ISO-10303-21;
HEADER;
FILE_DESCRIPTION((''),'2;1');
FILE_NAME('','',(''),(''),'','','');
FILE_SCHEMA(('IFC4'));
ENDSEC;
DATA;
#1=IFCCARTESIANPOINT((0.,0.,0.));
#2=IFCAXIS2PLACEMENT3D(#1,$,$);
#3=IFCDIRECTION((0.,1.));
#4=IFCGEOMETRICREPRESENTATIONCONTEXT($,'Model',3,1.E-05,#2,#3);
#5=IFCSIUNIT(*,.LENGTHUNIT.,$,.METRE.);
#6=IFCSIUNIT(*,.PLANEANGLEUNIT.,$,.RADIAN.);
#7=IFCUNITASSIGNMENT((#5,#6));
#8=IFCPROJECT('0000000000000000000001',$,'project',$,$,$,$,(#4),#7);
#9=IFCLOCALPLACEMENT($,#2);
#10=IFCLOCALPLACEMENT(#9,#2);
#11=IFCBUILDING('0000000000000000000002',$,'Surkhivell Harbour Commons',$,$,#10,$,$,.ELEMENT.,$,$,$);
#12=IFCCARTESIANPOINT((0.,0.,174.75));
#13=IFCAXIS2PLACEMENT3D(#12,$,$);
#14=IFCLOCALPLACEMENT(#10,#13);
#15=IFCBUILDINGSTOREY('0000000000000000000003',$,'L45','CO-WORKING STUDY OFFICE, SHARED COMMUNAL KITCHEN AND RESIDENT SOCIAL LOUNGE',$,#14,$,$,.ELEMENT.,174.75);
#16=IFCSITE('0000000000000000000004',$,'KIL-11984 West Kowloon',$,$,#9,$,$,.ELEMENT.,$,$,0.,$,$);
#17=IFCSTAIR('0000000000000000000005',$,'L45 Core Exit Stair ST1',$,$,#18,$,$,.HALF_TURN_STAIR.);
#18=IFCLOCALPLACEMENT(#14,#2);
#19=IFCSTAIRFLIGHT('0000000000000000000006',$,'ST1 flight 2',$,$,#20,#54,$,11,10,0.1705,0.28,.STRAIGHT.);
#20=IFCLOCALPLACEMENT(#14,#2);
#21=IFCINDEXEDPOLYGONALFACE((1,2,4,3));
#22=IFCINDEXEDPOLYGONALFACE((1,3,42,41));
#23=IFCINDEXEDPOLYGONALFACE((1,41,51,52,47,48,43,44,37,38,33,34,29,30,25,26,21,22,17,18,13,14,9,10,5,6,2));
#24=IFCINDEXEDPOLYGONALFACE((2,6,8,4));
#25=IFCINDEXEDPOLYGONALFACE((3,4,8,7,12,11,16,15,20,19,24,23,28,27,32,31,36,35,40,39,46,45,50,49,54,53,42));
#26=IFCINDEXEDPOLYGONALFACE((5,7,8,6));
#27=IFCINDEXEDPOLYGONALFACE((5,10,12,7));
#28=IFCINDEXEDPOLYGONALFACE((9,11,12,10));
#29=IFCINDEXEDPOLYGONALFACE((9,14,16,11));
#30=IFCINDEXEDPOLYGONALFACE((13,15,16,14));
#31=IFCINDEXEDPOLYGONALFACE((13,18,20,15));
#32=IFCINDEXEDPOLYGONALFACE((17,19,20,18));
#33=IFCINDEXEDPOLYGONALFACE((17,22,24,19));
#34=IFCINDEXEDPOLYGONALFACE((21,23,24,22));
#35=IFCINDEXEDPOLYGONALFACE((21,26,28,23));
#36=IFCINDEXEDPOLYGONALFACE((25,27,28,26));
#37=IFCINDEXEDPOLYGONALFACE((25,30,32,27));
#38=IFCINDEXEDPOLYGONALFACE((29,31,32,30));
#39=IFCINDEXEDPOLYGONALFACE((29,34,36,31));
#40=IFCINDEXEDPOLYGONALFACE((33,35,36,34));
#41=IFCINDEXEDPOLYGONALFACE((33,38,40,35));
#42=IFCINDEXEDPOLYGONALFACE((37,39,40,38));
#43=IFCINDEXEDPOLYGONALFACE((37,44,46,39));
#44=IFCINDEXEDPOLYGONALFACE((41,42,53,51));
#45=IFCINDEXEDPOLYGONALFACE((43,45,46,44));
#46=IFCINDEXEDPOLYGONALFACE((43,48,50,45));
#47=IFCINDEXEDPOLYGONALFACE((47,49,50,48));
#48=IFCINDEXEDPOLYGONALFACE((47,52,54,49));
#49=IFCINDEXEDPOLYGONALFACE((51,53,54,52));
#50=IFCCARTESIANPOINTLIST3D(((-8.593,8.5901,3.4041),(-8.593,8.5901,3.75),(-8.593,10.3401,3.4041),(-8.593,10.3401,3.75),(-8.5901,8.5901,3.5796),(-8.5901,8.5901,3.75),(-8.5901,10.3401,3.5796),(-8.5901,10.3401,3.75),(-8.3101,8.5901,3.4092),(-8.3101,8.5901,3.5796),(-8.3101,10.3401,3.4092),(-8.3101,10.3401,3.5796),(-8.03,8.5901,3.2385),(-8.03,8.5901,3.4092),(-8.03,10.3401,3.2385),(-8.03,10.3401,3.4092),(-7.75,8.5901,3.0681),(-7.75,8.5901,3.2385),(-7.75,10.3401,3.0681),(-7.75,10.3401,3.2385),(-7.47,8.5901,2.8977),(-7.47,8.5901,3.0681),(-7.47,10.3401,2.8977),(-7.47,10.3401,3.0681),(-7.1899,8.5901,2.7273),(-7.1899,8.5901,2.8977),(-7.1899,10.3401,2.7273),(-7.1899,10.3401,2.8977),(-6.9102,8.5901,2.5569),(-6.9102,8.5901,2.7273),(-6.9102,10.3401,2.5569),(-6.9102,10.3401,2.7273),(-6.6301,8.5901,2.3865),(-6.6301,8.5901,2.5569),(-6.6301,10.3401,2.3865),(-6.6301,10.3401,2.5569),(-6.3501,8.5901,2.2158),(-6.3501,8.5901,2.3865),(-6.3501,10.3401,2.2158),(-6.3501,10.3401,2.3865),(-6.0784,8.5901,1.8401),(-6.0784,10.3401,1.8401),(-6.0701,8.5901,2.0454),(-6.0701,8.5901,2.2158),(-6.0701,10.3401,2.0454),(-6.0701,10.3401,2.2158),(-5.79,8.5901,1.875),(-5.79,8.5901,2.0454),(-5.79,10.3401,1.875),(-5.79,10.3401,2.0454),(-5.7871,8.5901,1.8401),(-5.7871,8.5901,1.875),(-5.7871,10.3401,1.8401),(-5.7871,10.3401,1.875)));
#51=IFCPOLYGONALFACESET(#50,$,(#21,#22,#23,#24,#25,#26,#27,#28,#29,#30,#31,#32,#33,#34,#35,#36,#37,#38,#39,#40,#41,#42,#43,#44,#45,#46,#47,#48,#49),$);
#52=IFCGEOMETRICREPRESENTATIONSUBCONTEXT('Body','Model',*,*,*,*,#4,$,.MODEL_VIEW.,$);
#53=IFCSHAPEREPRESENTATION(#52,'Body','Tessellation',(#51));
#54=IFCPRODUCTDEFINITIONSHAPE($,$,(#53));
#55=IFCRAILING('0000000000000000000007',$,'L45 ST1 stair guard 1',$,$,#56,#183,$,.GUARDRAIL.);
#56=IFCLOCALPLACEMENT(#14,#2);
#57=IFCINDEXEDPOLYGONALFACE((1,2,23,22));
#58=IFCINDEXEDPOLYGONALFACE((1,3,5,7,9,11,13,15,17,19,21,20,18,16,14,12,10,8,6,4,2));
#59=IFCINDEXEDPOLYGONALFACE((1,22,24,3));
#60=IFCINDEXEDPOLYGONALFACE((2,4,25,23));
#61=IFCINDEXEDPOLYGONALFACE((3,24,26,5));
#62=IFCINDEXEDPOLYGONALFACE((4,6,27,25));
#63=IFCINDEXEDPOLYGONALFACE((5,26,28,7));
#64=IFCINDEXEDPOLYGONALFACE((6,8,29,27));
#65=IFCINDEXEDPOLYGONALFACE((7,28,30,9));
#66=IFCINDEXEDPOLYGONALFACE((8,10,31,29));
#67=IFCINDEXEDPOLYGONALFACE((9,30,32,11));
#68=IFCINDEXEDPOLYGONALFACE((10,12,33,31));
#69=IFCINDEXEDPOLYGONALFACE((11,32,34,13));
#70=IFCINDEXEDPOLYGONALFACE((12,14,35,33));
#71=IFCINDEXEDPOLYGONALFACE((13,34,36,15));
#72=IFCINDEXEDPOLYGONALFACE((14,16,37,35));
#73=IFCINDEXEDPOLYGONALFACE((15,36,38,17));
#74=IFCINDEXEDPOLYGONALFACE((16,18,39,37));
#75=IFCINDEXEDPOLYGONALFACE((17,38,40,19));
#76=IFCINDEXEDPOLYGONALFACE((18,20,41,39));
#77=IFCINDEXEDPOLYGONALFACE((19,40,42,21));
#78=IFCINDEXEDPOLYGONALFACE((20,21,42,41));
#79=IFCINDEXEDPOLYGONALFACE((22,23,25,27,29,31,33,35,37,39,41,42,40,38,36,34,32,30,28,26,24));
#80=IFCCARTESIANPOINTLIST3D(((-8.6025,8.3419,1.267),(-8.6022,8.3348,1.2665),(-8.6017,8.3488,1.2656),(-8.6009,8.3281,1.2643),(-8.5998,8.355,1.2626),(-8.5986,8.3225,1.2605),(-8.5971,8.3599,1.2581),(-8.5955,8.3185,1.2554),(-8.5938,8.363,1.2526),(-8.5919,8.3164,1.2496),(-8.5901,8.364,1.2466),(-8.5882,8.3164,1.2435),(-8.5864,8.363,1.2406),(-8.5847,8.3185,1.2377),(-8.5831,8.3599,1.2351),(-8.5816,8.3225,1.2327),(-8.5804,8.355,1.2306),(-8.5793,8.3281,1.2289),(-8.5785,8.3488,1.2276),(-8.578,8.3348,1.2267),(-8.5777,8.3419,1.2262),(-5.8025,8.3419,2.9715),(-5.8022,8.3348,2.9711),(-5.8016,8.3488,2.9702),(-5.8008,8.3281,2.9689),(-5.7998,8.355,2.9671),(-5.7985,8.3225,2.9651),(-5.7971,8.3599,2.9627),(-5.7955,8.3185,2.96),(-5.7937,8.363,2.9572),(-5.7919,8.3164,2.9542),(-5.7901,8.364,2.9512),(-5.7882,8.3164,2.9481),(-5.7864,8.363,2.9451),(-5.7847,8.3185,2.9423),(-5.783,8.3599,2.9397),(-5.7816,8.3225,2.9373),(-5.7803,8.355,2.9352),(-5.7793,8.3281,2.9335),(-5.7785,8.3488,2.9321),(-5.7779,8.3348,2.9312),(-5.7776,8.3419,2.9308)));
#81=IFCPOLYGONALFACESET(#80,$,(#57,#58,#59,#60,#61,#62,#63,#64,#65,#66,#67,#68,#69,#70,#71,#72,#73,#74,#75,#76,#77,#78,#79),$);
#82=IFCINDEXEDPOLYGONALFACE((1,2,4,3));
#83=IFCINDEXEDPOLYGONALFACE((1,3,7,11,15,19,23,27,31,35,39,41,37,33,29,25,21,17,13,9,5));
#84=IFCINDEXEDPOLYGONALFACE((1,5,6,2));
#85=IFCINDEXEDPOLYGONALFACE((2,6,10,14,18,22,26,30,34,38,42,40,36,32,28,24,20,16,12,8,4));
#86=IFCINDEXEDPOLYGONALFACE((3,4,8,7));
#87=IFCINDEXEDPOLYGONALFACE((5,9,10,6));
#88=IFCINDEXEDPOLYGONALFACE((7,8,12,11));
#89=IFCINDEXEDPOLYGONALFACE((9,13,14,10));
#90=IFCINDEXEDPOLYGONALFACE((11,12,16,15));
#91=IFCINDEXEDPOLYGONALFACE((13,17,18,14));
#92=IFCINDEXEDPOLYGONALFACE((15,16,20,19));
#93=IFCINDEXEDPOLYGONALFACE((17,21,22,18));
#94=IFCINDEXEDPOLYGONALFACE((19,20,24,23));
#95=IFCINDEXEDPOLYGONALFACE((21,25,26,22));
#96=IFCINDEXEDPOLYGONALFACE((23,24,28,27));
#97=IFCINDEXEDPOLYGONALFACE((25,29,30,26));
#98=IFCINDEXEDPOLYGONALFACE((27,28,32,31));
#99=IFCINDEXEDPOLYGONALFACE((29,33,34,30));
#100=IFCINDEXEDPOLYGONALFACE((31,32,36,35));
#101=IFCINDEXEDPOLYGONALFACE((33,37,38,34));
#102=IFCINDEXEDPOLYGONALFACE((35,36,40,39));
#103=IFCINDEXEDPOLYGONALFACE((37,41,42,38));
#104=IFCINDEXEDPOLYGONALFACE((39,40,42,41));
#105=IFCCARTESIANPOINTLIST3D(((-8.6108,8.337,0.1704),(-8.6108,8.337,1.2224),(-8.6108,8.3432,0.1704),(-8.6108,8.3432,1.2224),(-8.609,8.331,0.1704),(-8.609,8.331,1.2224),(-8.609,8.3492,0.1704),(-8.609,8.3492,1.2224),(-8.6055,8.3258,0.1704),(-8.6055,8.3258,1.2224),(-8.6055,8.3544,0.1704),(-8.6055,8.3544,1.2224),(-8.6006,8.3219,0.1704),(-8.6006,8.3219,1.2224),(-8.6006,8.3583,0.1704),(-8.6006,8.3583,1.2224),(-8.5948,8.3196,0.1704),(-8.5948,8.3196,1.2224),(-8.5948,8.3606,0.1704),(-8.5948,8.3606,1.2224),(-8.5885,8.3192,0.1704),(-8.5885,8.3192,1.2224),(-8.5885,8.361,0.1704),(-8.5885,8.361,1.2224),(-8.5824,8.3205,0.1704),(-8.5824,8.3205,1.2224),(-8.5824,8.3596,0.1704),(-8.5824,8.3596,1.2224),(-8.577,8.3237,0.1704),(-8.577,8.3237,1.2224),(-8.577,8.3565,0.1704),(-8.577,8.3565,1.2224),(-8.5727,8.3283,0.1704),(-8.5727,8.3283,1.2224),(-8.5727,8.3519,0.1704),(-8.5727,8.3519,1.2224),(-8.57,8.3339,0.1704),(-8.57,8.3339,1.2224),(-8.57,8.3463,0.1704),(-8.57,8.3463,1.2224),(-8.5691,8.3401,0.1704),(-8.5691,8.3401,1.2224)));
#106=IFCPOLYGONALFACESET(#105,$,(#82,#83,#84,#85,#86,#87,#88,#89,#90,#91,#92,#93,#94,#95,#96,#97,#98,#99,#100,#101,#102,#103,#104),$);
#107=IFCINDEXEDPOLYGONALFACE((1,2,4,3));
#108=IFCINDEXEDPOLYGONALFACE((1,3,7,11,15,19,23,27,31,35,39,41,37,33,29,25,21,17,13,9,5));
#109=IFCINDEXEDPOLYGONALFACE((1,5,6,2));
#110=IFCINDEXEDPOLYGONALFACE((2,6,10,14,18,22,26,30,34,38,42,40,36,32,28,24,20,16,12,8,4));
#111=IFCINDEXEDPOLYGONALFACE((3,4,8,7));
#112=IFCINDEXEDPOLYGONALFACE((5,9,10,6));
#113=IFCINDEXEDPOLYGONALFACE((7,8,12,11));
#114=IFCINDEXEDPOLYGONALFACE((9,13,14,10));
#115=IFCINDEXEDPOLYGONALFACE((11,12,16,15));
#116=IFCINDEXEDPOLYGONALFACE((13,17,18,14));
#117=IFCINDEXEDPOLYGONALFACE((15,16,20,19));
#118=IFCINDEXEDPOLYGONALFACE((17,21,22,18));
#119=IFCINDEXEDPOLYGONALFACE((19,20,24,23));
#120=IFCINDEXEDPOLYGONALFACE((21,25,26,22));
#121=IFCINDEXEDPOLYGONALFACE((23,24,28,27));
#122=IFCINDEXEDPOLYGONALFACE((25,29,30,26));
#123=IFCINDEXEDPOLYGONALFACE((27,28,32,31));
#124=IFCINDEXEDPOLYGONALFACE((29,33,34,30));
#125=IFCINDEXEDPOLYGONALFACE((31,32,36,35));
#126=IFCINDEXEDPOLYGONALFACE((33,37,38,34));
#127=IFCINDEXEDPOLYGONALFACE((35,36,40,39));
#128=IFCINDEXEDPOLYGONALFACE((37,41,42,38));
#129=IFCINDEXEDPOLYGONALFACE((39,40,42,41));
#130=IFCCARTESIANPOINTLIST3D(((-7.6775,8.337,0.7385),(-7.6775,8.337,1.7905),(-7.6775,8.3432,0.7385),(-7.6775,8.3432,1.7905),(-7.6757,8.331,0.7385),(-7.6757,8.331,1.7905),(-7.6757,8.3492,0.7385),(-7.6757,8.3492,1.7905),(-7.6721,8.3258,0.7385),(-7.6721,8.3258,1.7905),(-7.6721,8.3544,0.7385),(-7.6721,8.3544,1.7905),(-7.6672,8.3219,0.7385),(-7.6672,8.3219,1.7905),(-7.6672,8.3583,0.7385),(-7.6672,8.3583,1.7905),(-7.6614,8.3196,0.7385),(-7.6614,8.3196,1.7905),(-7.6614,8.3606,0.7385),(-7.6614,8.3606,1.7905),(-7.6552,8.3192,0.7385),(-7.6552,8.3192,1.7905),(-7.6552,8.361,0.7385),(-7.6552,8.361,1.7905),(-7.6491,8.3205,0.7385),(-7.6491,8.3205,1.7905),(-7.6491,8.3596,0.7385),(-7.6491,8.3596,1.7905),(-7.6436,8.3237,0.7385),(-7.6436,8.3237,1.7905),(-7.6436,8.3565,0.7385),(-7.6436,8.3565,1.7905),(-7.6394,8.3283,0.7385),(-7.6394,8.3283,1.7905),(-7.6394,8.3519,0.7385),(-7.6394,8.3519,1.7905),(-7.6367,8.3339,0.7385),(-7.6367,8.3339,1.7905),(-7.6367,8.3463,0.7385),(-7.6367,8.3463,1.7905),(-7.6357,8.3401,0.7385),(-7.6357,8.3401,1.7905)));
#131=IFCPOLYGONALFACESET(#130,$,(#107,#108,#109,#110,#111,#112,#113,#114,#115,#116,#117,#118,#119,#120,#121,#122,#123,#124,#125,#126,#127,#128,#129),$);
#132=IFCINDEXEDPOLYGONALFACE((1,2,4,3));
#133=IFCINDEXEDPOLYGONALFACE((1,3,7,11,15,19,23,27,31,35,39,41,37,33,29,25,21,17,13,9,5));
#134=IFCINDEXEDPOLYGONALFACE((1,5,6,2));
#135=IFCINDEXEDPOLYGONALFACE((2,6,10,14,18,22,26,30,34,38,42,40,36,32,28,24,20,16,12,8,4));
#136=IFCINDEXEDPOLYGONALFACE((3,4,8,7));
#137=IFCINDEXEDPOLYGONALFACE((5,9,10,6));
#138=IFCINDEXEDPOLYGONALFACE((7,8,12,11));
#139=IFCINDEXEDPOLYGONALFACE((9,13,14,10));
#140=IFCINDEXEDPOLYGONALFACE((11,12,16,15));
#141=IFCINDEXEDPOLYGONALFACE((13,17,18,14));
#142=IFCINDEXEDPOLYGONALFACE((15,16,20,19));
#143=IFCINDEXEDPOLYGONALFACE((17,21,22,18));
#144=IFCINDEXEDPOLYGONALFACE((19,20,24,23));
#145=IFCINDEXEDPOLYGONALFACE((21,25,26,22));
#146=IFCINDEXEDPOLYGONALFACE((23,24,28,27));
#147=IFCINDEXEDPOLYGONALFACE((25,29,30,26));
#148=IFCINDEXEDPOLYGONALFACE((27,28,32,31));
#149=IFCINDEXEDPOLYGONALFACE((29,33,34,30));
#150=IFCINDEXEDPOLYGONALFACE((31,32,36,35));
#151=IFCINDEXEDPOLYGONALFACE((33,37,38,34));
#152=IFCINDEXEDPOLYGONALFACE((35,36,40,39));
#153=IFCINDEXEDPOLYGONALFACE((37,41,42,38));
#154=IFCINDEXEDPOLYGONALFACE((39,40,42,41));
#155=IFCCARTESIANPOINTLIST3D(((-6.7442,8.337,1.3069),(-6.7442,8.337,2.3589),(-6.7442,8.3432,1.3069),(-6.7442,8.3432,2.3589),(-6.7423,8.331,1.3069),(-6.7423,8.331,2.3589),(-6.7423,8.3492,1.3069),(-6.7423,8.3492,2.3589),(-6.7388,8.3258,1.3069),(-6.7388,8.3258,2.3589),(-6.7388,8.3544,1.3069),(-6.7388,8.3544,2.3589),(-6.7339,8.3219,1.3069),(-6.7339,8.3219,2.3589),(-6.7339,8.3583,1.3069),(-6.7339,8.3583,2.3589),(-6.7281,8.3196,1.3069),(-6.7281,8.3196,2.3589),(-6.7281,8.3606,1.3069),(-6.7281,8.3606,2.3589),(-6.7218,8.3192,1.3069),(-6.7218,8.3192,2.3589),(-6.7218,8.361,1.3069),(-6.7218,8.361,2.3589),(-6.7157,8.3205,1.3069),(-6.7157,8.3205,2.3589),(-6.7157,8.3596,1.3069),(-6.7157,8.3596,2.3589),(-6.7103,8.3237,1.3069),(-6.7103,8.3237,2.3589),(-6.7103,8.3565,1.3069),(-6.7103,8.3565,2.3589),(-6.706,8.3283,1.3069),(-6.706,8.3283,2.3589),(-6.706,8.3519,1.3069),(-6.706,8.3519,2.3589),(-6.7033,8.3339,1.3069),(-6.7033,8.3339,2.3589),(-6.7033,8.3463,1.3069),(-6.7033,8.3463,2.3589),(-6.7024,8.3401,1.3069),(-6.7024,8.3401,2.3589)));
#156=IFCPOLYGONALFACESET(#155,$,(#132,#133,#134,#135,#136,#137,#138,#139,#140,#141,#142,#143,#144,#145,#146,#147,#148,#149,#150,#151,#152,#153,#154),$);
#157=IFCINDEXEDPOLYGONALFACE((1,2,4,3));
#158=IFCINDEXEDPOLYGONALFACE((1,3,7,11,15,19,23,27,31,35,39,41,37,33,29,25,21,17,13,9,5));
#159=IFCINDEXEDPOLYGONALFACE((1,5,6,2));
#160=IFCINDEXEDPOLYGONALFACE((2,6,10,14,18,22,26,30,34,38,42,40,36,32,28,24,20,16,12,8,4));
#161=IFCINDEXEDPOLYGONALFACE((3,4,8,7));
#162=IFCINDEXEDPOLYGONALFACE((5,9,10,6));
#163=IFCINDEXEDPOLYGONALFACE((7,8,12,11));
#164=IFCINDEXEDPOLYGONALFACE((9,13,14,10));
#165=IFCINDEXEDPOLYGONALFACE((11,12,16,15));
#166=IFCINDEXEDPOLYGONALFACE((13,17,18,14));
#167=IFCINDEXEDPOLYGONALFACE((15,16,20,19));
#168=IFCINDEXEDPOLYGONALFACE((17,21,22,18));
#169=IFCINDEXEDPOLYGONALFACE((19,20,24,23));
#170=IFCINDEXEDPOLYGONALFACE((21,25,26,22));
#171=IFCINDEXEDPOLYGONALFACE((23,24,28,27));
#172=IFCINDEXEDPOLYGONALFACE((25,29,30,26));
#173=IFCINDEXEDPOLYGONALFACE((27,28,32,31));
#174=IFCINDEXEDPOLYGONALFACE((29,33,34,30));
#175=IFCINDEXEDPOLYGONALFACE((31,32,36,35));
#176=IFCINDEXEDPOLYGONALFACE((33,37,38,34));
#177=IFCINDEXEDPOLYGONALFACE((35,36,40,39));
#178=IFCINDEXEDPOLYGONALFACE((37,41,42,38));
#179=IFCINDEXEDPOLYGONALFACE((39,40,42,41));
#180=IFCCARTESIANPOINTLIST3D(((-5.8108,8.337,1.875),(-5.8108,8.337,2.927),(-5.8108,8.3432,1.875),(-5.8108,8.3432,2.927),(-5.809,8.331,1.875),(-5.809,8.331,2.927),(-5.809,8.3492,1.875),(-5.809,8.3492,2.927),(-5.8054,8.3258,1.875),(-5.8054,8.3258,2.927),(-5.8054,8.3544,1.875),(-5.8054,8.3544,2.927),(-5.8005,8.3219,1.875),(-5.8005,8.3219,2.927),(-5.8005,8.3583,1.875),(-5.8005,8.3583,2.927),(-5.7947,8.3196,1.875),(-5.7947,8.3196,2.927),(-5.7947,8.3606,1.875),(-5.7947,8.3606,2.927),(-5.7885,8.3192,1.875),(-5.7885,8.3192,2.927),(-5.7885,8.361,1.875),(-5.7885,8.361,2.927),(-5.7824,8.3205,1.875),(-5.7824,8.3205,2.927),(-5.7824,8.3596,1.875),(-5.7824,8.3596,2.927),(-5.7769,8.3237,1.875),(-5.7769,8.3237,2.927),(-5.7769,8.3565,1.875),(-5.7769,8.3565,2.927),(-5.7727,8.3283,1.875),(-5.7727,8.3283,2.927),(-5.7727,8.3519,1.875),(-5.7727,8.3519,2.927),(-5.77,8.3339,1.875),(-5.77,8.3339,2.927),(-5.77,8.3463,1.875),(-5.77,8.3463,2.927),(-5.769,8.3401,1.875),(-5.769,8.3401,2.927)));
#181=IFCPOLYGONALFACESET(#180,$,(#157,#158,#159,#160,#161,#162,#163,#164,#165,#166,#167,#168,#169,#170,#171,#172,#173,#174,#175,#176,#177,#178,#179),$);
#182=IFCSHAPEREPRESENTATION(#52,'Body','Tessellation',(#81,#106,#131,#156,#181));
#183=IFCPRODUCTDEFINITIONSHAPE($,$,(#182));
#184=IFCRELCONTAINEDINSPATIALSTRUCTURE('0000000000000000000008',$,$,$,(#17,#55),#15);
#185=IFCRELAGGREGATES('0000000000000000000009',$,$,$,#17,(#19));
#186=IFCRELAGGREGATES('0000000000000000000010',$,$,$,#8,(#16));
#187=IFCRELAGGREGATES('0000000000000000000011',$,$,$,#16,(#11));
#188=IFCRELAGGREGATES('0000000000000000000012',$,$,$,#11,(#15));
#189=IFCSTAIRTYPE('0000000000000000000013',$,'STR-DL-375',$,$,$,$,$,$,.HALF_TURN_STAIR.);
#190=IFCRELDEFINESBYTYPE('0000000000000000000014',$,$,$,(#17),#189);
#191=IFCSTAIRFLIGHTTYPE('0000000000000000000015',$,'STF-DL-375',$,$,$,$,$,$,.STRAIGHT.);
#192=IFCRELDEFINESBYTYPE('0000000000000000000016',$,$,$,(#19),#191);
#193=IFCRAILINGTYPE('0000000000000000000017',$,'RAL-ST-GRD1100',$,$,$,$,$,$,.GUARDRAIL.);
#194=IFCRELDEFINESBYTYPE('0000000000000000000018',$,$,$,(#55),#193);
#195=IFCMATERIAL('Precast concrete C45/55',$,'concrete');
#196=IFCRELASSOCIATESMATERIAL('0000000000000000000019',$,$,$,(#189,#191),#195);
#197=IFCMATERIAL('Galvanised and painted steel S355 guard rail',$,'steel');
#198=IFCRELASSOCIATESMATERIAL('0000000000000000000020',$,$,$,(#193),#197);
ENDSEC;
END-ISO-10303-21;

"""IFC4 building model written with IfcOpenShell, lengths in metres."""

from ifc_helpers import new_model, si_unit, direction, frame, origin, origin_2d, place, context, subcontext, project, spatial, polyline, circle, outline, extrude, material, type_object, element, aggregate, save


model = new_model("IFC4")

# Units and contexts
model_context = context("Model", 3, precision=1e-05, world=origin(), true_north=direction((0.0, 1.0)))
body_context = subcontext(model_context, "Body", "Model", "MODEL_VIEW")
ifc_project = project(units=[si_unit("LENGTHUNIT", "METRE"), si_unit("PLANEANGLEUNIT", "RADIAN")], contexts=[model_context])

# Site, building, storey
site_placement = place(None, origin())
site = spatial("IfcSite", under=ifc_project, at=site_placement, Name="KIL-11984 West Kowloon", CompositionType="ELEMENT", RefElevation=0.0)
building_placement = place(site_placement, origin())
building = spatial("IfcBuilding", under=site, at=building_placement, Name="Surkhivell Harbour Commons", CompositionType="ELEMENT")
storey_placement = place(building_placement, frame((0.0, 0.0, 174.75)))
storey = spatial("IfcBuildingStorey", under=building, at=storey_placement, Name="L45", Description="CO-WORKING STUDY OFFICE, SHARED COMMUNAL KITCHEN AND RESIDENT SOCIAL LOUNGE", CompositionType="ELEMENT", Elevation=174.75)

# Stair, stair flight
ifc_material_1 = material(Name="Precast concrete C45/55", Category="concrete")
stair_type = type_object("IfcStairType", Name="STR-DL-375", PredefinedType="HALF_TURN_STAIR", material=ifc_material_1)
stair_placement = place(storey_placement, origin())
stair = element("IfcStair", 1, at=stair_placement, inside=storey, type_object=stair_type, Name="L45 Core Exit Stair ST1", PredefinedType="HALF_TURN_STAIR")
stair_flight_type = type_object("IfcStairFlightType", Name="STF-DL-375", PredefinedType="STRAIGHT", material=ifc_material_1)
stair_flight_1_placement = place(storey_placement, frame((-5.79, 9.4651, 1.875), z_axis=(0.0, 0.0, 1.0), x_axis=(-1.0, 0.0, 0.0)))
stair_flight_1 = element("IfcStairFlight", 2, at=stair_flight_1_placement, type_object=stair_flight_type, Name="ST1 flight 2", NumberOfRisers=11, NumberOfTreads=10, PredefinedType="STRAIGHT", RiserHeight=0.1705, TreadLength=0.28, context=body_context, shape_type="SweptSolid", body=[
    extrude(outline(polyline([(-0.0029, -0.0349), (-0.0029, 0.0), (0.0, 0.0), (0.0, 0.1704), (0.28, 0.1704), (0.28, 0.3408), (0.5601, 0.3408), (0.5601, 0.5115), (0.8401, 0.5115), (0.8401, 0.6819), (1.1201, 0.6819), (1.1201, 0.8523), (1.3999, 0.8523), (1.3999, 1.0227), (1.6799, 1.0227), (1.6799, 1.1931), (1.96, 1.1931), (1.96, 1.3635), (2.24, 1.3635), (2.24, 1.5342), (2.52, 1.5342), (2.52, 1.7046), (2.8, 1.7046), (2.8, 1.875), (2.803, 1.875), (2.803, 1.5291), (0.2883, -0.0349), (-0.0029, -0.0349)])), frame((0.0, 0.875, 0.0), z_axis=(0.0, -1.0, 0.0), x_axis=(1.0, 0.0, 0.0)), (0.0, 0.0, 1.0), 1.75),
])
aggregate(stair, [stair_flight_1])

# Railing
ifc_material_2 = material(Name="Galvanised and painted steel S355 guard rail", Category="steel")
railing_type_1 = type_object("IfcRailingType", Name="RAL-ST-GRD1100", PredefinedType="GUARDRAIL", material=ifc_material_2)
railing_1_placement = place(storey_placement, frame((-8.5901, 8.3401, 0.1704)))
element("IfcRailing", 3, at=railing_1_placement, inside=storey, type_object=railing_type_1, Name="L45 ST1 stair guard 1", PredefinedType="GUARDRAIL", context=body_context, shape_type="SweptSolid", body=[
    extrude(circle(Radius=0.0239, at=origin_2d()), frame((0.0, 0.0, 1.0762), z_axis=(0.85417, 0.0, 0.519994), x_axis=(0.0, 1.0, 0.0)), (0.0, 0.0, 1.0), 3.2781),
    extrude(circle(Radius=0.021, at=origin_2d()), origin(), (0.0, 0.0, 1.0), 1.052),
    extrude(circle(Radius=0.021, at=origin_2d()), frame((0.9333, 0.0, 0.5681)), (0.0, 0.0, 1.0), 1.052),
    extrude(circle(Radius=0.021, at=origin_2d()), frame((1.8667, 0.0, 1.1365)), (0.0, 0.0, 1.0), 1.052),
    extrude(circle(Radius=0.021, at=origin_2d()), frame((2.8, 0.0, 1.7046)), (0.0, 0.0, 1.0), 1.052),
])

save(model, "model.ifc")
